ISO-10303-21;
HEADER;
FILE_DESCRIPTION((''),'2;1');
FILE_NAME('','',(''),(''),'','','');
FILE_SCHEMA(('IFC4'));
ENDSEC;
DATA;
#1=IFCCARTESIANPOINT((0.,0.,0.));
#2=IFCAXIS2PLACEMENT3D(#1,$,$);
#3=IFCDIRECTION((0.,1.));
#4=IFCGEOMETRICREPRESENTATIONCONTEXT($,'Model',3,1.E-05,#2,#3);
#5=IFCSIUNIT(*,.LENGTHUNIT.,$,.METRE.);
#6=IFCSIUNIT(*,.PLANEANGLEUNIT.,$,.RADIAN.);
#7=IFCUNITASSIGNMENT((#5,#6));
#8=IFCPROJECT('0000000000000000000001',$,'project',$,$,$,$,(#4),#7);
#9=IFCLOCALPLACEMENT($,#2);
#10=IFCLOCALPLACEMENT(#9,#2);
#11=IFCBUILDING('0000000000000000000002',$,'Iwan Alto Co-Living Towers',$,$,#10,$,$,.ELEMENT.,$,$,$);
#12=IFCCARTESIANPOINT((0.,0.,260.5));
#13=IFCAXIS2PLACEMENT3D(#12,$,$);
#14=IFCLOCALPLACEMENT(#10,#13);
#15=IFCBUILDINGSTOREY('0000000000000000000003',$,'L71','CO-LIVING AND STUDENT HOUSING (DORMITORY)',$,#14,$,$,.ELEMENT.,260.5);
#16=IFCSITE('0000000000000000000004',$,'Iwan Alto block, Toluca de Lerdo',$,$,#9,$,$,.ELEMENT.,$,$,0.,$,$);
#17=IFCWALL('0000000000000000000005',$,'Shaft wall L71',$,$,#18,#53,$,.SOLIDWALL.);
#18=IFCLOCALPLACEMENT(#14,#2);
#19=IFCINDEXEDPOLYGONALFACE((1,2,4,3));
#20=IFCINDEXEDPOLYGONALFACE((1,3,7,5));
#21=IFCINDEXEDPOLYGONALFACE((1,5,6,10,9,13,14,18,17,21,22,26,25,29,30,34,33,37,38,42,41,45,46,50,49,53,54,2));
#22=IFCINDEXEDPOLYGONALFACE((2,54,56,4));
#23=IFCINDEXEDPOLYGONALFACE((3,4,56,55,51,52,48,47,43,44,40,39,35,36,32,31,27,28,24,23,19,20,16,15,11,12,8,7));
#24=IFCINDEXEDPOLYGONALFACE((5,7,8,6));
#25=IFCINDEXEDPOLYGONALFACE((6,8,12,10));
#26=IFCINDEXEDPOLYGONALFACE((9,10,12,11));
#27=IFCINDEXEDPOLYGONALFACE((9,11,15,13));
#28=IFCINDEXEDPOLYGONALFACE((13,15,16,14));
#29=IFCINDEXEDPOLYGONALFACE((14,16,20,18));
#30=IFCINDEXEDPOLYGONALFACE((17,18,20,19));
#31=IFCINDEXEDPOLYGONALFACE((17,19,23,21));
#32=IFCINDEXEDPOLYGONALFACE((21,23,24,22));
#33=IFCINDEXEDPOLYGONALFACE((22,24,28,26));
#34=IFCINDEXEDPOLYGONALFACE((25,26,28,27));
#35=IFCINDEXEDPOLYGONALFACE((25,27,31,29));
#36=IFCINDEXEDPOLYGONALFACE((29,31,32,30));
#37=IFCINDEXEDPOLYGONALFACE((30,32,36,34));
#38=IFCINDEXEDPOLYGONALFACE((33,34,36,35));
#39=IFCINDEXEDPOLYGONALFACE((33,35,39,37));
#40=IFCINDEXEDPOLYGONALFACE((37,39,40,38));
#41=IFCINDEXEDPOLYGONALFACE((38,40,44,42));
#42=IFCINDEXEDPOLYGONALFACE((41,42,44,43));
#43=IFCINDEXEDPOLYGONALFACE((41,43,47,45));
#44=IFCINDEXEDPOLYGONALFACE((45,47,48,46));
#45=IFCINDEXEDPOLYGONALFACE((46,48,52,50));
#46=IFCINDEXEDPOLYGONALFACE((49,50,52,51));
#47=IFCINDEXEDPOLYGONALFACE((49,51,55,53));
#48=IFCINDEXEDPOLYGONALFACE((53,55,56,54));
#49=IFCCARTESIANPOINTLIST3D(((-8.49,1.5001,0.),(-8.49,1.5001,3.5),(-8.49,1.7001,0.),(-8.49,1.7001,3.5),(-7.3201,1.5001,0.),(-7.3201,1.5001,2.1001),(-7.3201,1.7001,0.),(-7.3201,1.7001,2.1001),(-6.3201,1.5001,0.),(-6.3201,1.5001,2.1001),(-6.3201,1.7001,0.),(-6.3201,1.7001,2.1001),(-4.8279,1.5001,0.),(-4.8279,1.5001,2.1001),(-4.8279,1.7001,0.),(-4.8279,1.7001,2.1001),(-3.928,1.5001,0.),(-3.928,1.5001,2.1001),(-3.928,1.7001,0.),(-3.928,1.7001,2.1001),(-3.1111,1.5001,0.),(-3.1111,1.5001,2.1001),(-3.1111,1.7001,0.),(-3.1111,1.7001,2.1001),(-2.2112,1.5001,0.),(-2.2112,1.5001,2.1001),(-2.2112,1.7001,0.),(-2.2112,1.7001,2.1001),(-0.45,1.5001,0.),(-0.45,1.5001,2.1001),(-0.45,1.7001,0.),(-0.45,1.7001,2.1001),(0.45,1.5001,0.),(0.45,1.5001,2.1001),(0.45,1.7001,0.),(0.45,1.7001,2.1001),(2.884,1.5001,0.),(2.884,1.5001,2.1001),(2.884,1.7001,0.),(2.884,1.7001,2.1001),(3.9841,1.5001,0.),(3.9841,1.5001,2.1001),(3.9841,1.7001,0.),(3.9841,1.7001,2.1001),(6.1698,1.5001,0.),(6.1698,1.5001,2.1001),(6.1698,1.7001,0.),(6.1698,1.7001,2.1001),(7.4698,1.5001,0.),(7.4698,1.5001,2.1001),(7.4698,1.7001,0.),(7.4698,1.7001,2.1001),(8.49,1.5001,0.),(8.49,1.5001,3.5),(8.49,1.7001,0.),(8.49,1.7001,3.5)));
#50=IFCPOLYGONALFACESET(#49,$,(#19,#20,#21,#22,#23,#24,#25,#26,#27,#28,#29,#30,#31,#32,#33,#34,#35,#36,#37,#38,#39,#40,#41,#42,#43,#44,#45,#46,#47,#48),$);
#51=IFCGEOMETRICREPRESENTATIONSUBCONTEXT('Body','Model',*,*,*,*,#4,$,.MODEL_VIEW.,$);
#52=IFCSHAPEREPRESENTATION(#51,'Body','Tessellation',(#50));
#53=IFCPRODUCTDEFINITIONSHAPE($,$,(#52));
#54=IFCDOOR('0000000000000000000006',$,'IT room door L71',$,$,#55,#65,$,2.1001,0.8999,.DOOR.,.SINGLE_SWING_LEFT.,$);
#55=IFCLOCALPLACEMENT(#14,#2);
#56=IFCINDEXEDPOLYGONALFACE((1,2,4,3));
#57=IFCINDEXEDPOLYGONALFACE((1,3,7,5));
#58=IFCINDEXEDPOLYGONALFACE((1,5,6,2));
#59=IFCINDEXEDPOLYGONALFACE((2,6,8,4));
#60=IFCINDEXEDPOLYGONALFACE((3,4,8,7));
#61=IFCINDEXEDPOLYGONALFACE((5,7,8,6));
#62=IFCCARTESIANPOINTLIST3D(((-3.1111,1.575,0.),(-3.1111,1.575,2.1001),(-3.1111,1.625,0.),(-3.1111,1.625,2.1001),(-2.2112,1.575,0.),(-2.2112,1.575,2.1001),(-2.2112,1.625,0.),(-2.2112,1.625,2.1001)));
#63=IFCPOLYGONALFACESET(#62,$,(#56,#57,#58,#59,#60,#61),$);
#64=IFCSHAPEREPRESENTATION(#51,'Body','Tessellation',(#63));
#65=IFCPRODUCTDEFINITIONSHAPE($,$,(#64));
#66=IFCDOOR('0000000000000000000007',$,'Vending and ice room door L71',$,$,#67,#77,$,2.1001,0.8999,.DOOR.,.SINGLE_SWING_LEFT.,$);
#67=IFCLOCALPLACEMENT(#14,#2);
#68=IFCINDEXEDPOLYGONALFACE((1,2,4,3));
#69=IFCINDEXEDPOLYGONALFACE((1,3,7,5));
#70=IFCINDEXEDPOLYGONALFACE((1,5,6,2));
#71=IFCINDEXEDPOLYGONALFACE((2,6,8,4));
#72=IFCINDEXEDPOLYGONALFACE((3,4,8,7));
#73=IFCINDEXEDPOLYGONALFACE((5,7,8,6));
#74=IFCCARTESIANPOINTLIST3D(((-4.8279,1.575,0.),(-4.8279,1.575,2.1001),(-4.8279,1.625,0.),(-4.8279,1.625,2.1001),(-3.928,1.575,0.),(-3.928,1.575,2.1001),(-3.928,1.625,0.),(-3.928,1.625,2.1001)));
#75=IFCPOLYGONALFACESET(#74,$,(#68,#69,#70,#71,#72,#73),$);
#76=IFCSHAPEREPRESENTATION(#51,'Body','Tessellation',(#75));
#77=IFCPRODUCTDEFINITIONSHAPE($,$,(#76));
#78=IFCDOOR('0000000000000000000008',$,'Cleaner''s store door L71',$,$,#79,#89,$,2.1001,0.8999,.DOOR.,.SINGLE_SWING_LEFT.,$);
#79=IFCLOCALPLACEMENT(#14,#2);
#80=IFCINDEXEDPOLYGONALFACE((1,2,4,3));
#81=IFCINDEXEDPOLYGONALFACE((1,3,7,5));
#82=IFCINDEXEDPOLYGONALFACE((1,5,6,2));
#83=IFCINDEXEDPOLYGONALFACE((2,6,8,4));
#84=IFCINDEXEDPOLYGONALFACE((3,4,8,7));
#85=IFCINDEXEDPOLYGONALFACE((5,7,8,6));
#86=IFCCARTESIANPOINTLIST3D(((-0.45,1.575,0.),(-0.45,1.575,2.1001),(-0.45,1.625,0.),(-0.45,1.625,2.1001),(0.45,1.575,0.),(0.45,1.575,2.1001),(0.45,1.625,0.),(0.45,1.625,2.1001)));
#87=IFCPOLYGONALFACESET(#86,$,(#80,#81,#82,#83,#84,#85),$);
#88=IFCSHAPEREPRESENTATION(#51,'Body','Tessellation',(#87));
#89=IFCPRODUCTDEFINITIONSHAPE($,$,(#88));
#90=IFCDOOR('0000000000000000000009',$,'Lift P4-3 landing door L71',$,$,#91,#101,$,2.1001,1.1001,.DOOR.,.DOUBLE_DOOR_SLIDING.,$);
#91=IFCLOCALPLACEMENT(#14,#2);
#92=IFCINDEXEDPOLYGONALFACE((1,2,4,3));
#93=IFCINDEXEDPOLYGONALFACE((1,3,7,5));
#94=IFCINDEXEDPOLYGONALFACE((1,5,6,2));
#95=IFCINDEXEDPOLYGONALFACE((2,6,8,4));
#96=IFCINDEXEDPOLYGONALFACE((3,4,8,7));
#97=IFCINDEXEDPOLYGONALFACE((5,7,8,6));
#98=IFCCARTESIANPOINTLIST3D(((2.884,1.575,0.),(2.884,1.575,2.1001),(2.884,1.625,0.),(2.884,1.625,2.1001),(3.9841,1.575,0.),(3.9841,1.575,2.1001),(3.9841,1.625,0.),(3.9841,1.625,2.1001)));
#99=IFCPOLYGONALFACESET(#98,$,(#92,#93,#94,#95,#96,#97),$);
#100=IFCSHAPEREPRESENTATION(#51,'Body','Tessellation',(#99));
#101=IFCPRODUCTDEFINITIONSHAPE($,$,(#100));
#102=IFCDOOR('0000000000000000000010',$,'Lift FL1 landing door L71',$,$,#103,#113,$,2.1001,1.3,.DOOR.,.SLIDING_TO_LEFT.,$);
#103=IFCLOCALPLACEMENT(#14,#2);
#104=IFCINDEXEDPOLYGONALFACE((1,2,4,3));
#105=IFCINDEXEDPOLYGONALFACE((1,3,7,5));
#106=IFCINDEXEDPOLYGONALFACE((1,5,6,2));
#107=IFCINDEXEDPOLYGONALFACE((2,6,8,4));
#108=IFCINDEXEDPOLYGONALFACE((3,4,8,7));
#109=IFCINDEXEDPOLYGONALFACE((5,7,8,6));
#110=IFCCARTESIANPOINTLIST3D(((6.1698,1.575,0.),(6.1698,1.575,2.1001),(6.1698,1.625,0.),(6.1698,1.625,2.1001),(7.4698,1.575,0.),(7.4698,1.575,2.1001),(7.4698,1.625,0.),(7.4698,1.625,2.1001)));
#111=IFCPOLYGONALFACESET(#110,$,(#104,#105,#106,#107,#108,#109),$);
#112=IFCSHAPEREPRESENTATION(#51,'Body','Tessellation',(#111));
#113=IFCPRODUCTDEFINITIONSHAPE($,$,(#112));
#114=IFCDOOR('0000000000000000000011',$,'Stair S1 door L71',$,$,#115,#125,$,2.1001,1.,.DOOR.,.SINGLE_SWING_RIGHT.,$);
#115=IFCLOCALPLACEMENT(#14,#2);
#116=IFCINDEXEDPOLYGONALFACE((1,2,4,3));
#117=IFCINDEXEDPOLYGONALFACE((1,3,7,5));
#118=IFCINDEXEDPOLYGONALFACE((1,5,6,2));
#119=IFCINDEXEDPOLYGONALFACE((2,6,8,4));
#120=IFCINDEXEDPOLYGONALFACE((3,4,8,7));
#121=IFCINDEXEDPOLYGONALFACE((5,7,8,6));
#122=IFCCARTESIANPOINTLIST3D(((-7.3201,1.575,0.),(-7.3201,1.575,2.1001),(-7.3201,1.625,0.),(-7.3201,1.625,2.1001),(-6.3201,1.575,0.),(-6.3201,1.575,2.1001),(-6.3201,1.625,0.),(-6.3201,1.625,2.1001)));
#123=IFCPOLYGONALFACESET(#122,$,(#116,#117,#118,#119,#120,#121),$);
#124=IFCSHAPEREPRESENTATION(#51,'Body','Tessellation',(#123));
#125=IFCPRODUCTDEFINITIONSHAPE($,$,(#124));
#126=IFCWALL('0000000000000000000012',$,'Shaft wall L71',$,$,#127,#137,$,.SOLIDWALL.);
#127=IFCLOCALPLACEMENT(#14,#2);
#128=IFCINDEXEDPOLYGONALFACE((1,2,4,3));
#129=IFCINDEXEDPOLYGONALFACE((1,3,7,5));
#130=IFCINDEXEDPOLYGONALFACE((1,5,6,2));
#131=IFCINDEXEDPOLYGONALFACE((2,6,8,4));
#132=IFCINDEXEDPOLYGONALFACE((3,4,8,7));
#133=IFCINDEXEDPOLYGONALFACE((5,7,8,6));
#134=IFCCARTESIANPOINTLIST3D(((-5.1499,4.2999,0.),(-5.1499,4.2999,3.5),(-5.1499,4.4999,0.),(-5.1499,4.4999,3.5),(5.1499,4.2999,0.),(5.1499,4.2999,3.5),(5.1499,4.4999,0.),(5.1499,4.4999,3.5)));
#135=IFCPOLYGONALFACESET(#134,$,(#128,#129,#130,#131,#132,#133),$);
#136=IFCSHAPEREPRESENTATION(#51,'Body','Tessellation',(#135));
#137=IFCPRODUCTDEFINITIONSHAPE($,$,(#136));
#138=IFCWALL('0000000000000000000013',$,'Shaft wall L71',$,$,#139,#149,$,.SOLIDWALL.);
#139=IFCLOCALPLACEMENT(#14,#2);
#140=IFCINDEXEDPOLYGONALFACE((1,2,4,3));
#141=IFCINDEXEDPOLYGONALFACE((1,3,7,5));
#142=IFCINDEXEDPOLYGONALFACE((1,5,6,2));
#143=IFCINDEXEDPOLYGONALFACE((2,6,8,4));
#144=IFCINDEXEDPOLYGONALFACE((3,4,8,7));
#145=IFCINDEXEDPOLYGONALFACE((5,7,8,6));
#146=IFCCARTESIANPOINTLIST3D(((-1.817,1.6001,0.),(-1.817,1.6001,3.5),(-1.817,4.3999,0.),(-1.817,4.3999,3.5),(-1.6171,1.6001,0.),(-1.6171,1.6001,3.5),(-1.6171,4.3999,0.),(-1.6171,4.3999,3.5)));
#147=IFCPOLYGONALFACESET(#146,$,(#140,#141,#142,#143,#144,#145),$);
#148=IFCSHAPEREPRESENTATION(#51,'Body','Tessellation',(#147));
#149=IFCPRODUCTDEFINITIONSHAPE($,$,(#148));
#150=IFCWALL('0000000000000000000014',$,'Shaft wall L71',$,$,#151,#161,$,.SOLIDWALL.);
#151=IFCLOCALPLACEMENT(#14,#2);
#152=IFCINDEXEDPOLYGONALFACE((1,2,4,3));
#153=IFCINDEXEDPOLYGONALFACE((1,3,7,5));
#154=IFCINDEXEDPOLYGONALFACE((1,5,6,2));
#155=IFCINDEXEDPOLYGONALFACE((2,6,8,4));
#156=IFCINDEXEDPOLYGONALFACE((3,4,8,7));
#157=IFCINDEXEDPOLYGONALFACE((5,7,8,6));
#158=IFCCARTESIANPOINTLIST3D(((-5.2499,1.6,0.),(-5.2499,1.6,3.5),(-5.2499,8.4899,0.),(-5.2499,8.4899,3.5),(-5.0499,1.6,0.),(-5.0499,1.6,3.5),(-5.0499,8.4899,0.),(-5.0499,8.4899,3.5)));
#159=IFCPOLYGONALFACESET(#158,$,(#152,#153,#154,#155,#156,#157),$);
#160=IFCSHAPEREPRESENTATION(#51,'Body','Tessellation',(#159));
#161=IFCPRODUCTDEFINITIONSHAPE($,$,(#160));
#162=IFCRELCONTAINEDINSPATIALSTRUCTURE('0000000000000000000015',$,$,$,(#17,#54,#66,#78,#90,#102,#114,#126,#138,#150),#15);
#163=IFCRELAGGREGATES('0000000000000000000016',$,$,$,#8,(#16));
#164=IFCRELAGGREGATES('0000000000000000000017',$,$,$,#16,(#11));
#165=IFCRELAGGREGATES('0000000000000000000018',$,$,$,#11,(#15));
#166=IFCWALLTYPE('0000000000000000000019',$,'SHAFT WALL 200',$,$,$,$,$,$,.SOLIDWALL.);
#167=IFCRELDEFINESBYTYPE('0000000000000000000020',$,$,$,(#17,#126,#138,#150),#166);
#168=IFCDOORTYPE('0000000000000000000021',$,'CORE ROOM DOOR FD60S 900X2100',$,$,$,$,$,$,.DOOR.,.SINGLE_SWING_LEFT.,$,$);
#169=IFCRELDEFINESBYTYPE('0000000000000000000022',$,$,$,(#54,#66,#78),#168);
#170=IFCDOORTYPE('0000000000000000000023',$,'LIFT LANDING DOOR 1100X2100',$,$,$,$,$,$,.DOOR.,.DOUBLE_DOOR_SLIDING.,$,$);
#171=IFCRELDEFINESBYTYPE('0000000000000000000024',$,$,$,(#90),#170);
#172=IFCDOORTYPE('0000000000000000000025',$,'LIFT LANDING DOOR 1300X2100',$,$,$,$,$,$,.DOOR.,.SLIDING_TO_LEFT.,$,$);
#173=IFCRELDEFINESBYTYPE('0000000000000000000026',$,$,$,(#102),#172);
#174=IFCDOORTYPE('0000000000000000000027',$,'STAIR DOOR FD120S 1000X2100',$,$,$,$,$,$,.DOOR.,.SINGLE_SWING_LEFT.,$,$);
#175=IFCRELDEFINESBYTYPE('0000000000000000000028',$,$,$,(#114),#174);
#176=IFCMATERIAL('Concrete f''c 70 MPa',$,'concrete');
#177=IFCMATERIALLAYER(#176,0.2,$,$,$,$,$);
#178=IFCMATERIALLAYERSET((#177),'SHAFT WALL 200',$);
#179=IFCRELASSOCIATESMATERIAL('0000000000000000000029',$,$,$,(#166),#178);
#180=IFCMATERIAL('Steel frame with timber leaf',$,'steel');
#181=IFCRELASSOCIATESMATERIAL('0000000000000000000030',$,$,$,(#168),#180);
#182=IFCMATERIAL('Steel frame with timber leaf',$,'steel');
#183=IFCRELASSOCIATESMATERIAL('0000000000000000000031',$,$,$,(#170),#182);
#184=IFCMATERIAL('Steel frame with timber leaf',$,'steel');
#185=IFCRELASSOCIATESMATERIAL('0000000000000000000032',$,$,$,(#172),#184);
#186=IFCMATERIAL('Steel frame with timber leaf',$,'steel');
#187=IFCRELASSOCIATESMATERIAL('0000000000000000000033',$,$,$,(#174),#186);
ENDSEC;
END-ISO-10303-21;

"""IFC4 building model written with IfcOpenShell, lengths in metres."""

from ifc_helpers import new_model, si_unit, direction, frame, frame_2d, origin, place, context, subcontext, project, spatial, rectangle, extrude, material, layer, layer_set, type_object, element, fill, save


model = new_model("IFC4")

# Units and contexts
model_context = context("Model", 3, precision=1e-05, world=origin(), true_north=direction((0.0, 1.0)))
body_context = subcontext(model_context, "Body", "Model", "MODEL_VIEW")
ifc_project = project(units=[si_unit("LENGTHUNIT", "METRE"), si_unit("PLANEANGLEUNIT", "RADIAN")], contexts=[model_context])

# Site, building, storey
site_placement = place(None, origin())
site = spatial("IfcSite", under=ifc_project, at=site_placement, Name="Iwan Alto block, Toluca de Lerdo", CompositionType="ELEMENT", RefElevation=0.0)
building_placement = place(site_placement, origin())
building = spatial("IfcBuilding", under=site, at=building_placement, Name="Iwan Alto Co-Living Towers", CompositionType="ELEMENT")
storey_placement = place(building_placement, frame((0.0, 0.0, 260.5)))
storey = spatial("IfcBuildingStorey", under=building, at=storey_placement, Name="L71", Description="CO-LIVING AND STUDENT HOUSING (DORMITORY)", CompositionType="ELEMENT", Elevation=260.5)

# Wall, openings, doors
ifc_material_1 = material(Name="Concrete f'c 70 MPa", Category="concrete")
ifc_layer_1 = layer(ifc_material_1, 0.2)
ifc_layer_set_1 = layer_set([ifc_layer_1], Name="SHAFT WALL 200")
wall_type_1 = type_object("IfcWallType", Name="SHAFT WALL 200", PredefinedType="SOLIDWALL", material=ifc_layer_set_1)
wall_1_placement = place(storey_placement, frame((-8.49, 1.6001, 0.0), z_axis=(0.0, 0.0, 1.0), x_axis=(1.0, 0.0, 0.0)))
wall_1 = element("IfcWall", 1, at=wall_1_placement, inside=storey, type_object=wall_type_1, Name="Shaft wall L71", PredefinedType="SOLIDWALL", context=body_context, shape_type="SweptSolid", body=[
    extrude(rectangle(XDim=16.98, YDim=0.2, at=frame_2d((8.49, 0.0))), origin(), (0.0, 0.0, 1.0), 3.5),
])
opening_1_placement = place(wall_1_placement, frame((1.1699, 0.0, 0.0)))
opening_1 = element("IfcOpeningElement", 2, at=opening_1_placement, cuts=wall_1, PredefinedType="OPENING", context=body_context, shape_type="SweptSolid", body=[
    extrude(rectangle(XDim=1.0, YDim=2.1001, at=frame_2d((0.5, 1.05))), frame((0.0, 0.1099, 0.0), z_axis=(0.0, -1.0, 0.0), x_axis=(1.0, 0.0, 0.0)), (0.0, 0.0, 1.0), 0.22),
])
opening_2_placement = place(wall_1_placement, frame((5.3789, 0.0, 0.0)))
opening_2 = element("IfcOpeningElement", 3, at=opening_2_placement, cuts=wall_1, PredefinedType="OPENING", context=body_context, shape_type="SweptSolid", body=[
    extrude(rectangle(XDim=0.8999, YDim=2.1001, at=frame_2d((0.45, 1.05))), frame((0.0, 0.1099, 0.0), z_axis=(0.0, -1.0, 0.0), x_axis=(1.0, 0.0, 0.0)), (0.0, 0.0, 1.0), 0.22),
])
opening_3_placement = place(wall_1_placement, frame((3.6621, 0.0, 0.0)))
opening_3 = element("IfcOpeningElement", 4, at=opening_3_placement, cuts=wall_1, PredefinedType="OPENING", context=body_context, shape_type="SweptSolid", body=[
    extrude(rectangle(XDim=0.8999, YDim=2.1001, at=frame_2d((0.45, 1.05))), frame((0.0, 0.1099, 0.0), z_axis=(0.0, -1.0, 0.0), x_axis=(1.0, 0.0, 0.0)), (0.0, 0.0, 1.0), 0.22),
])
opening_4_placement = place(wall_1_placement, frame((8.04, 0.0, 0.0)))
opening_4 = element("IfcOpeningElement", 5, at=opening_4_placement, cuts=wall_1, PredefinedType="OPENING", context=body_context, shape_type="SweptSolid", body=[
    extrude(rectangle(XDim=0.8999, YDim=2.1001, at=frame_2d((0.45, 1.05))), frame((0.0, 0.1099, 0.0), z_axis=(0.0, -1.0, 0.0), x_axis=(1.0, 0.0, 0.0)), (0.0, 0.0, 1.0), 0.22),
])
opening_5_placement = place(wall_1_placement, frame((11.374, 0.0, 0.0)))
opening_5 = element("IfcOpeningElement", 6, at=opening_5_placement, cuts=wall_1, PredefinedType="OPENING", context=body_context, shape_type="SweptSolid", body=[
    extrude(rectangle(XDim=1.1001, YDim=2.1001, at=frame_2d((0.55, 1.05))), frame((0.0, 0.1099, 0.0), z_axis=(0.0, -1.0, 0.0), x_axis=(1.0, 0.0, 0.0)), (0.0, 0.0, 1.0), 0.22),
])
opening_6_placement = place(wall_1_placement, frame((14.6599, 0.0, 0.0)))
opening_6 = element("IfcOpeningElement", 7, at=opening_6_placement, cuts=wall_1, PredefinedType="OPENING", context=body_context, shape_type="SweptSolid", body=[
    extrude(rectangle(XDim=1.3, YDim=2.1001, at=frame_2d((0.6499, 1.05))), frame((0.0, 0.1099, 0.0), z_axis=(0.0, -1.0, 0.0), x_axis=(1.0, 0.0, 0.0)), (0.0, 0.0, 1.0), 0.22),
])
ifc_material_2 = material(Name="Steel frame with timber leaf", Category="steel")
door_type_1 = type_object("IfcDoorType", Name="CORE ROOM DOOR FD60S 900X2100", OperationType="SINGLE_SWING_LEFT", PredefinedType="DOOR", material=ifc_material_2)
door_1_placement = place(opening_2_placement, origin())
door_1 = element("IfcDoor", 8, at=door_1_placement, inside=storey, type_object=door_type_1, Name="IT room door L71", OperationType="SINGLE_SWING_LEFT", OverallHeight=2.1001, OverallWidth=0.8999, PredefinedType="DOOR", context=body_context, shape_type="SweptSolid", body=[
    extrude(rectangle(XDim=0.8999, YDim=2.1001, at=frame_2d((0.45, 1.05))), frame((0.0, 0.0249, 0.0), z_axis=(0.0, -1.0, 0.0), x_axis=(1.0, 0.0, 0.0)), (0.0, 0.0, 1.0), 0.05),
])
fill(opening_2, door_1)
door_2_placement = place(opening_3_placement, origin())
door_2 = element("IfcDoor", 9, at=door_2_placement, inside=storey, type_object=door_type_1, Name="Vending and ice room door L71", OperationType="SINGLE_SWING_LEFT", OverallHeight=2.1001, OverallWidth=0.8999, PredefinedType="DOOR", context=body_context, shape_type="SweptSolid", body=[
    extrude(rectangle(XDim=0.8999, YDim=2.1001, at=frame_2d((0.45, 1.05))), frame((0.0, 0.0249, 0.0), z_axis=(0.0, -1.0, 0.0), x_axis=(1.0, 0.0, 0.0)), (0.0, 0.0, 1.0), 0.05),
])
fill(opening_3, door_2)
door_3_placement = place(opening_4_placement, origin())
door_3 = element("IfcDoor", 10, at=door_3_placement, inside=storey, type_object=door_type_1, Name="Cleaner's store door L71", OperationType="SINGLE_SWING_LEFT", OverallHeight=2.1001, OverallWidth=0.8999, PredefinedType="DOOR", context=body_context, shape_type="SweptSolid", body=[
    extrude(rectangle(XDim=0.8999, YDim=2.1001, at=frame_2d((0.45, 1.05))), frame((0.0, 0.0249, 0.0), z_axis=(0.0, -1.0, 0.0), x_axis=(1.0, 0.0, 0.0)), (0.0, 0.0, 1.0), 0.05),
])
fill(opening_4, door_3)
ifc_material_3 = material(Name="Steel frame with timber leaf", Category="steel")
door_type_2 = type_object("IfcDoorType", Name="LIFT LANDING DOOR 1100X2100", OperationType="DOUBLE_DOOR_SLIDING", PredefinedType="DOOR", material=ifc_material_3)
door_4_placement = place(opening_5_placement, origin())
door_4 = element("IfcDoor", 11, at=door_4_placement, inside=storey, type_object=door_type_2, Name="Lift P4-3 landing door L71", OperationType="DOUBLE_DOOR_SLIDING", OverallHeight=2.1001, OverallWidth=1.1001, PredefinedType="DOOR", context=body_context, shape_type="SweptSolid", body=[
    extrude(rectangle(XDim=1.1001, YDim=2.1001, at=frame_2d((0.55, 1.05))), frame((0.0, 0.0249, 0.0), z_axis=(0.0, -1.0, 0.0), x_axis=(1.0, 0.0, 0.0)), (0.0, 0.0, 1.0), 0.05),
])
fill(opening_5, door_4)
ifc_material_4 = material(Name="Steel frame with timber leaf", Category="steel")
door_type_3 = type_object("IfcDoorType", Name="LIFT LANDING DOOR 1300X2100", OperationType="SLIDING_TO_LEFT", PredefinedType="DOOR", material=ifc_material_4)
door_5_placement = place(opening_6_placement, origin())
door_5 = element("IfcDoor", 12, at=door_5_placement, inside=storey, type_object=door_type_3, Name="Lift FL1 landing door L71", OperationType="SLIDING_TO_LEFT", OverallHeight=2.1001, OverallWidth=1.3, PredefinedType="DOOR", context=body_context, shape_type="SweptSolid", body=[
    extrude(rectangle(XDim=1.3, YDim=2.1001, at=frame_2d((0.6499, 1.05))), frame((0.0, 0.0249, 0.0), z_axis=(0.0, -1.0, 0.0), x_axis=(1.0, 0.0, 0.0)), (0.0, 0.0, 1.0), 0.05),
])
fill(opening_6, door_5)
ifc_material_5 = material(Name="Steel frame with timber leaf", Category="steel")
door_type_4 = type_object("IfcDoorType", Name="STAIR DOOR FD120S 1000X2100", OperationType="SINGLE_SWING_LEFT", PredefinedType="DOOR", material=ifc_material_5)
door_6_placement = place(opening_1_placement, origin())
door_6 = element("IfcDoor", 13, at=door_6_placement, inside=storey, type_object=door_type_4, Name="Stair S1 door L71", OperationType="SINGLE_SWING_RIGHT", OverallHeight=2.1001, OverallWidth=1.0, PredefinedType="DOOR", context=body_context, shape_type="SweptSolid", body=[
    extrude(rectangle(XDim=1.0, YDim=2.1001, at=frame_2d((0.5, 1.05))), frame((0.0, 0.0249, 0.0), z_axis=(0.0, -1.0, 0.0), x_axis=(1.0, 0.0, 0.0)), (0.0, 0.0, 1.0), 0.05),
])
fill(opening_1, door_6)

# Walls
wall_2_placement = place(storey_placement, frame((-5.1499, 4.3999, 0.0), z_axis=(0.0, 0.0, 1.0), x_axis=(1.0, 0.0, 0.0)))
element("IfcWall", 14, at=wall_2_placement, inside=storey, type_object=wall_type_1, Name="Shaft wall L71", PredefinedType="SOLIDWALL", context=body_context, shape_type="SweptSolid", body=[
    extrude(rectangle(XDim=10.2998, YDim=0.2, at=frame_2d((5.1499, 0.0))), origin(), (0.0, 0.0, 1.0), 3.5),
])
wall_3_placement = place(storey_placement, frame((-1.717, 1.6001, 0.0), z_axis=(0.0, 0.0, 1.0), x_axis=(0.0, 1.0, 0.0)))
element("IfcWall", 15, at=wall_3_placement, inside=storey, type_object=wall_type_1, Name="Shaft wall L71", PredefinedType="SOLIDWALL", context=body_context, shape_type="SweptSolid", body=[
    extrude(rectangle(XDim=2.7998, YDim=0.2, at=frame_2d((1.3999, 0.0))), origin(), (0.0, 0.0, 1.0), 3.5),
])
wall_4_placement = place(storey_placement, frame((-5.1499, 1.6001, 0.0), z_axis=(0.0, 0.0, 1.0), x_axis=(0.0, 1.0, 0.0)))
element("IfcWall", 16, at=wall_4_placement, inside=storey, type_object=wall_type_1, Name="Shaft wall L71", PredefinedType="SOLIDWALL", context=body_context, shape_type="SweptSolid", body=[
    extrude(rectangle(XDim=6.8899, YDim=0.2, at=frame_2d((3.4448, 0.0))), origin(), (0.0, 0.0, 1.0), 3.5),
])

save(model, "model.ifc")
